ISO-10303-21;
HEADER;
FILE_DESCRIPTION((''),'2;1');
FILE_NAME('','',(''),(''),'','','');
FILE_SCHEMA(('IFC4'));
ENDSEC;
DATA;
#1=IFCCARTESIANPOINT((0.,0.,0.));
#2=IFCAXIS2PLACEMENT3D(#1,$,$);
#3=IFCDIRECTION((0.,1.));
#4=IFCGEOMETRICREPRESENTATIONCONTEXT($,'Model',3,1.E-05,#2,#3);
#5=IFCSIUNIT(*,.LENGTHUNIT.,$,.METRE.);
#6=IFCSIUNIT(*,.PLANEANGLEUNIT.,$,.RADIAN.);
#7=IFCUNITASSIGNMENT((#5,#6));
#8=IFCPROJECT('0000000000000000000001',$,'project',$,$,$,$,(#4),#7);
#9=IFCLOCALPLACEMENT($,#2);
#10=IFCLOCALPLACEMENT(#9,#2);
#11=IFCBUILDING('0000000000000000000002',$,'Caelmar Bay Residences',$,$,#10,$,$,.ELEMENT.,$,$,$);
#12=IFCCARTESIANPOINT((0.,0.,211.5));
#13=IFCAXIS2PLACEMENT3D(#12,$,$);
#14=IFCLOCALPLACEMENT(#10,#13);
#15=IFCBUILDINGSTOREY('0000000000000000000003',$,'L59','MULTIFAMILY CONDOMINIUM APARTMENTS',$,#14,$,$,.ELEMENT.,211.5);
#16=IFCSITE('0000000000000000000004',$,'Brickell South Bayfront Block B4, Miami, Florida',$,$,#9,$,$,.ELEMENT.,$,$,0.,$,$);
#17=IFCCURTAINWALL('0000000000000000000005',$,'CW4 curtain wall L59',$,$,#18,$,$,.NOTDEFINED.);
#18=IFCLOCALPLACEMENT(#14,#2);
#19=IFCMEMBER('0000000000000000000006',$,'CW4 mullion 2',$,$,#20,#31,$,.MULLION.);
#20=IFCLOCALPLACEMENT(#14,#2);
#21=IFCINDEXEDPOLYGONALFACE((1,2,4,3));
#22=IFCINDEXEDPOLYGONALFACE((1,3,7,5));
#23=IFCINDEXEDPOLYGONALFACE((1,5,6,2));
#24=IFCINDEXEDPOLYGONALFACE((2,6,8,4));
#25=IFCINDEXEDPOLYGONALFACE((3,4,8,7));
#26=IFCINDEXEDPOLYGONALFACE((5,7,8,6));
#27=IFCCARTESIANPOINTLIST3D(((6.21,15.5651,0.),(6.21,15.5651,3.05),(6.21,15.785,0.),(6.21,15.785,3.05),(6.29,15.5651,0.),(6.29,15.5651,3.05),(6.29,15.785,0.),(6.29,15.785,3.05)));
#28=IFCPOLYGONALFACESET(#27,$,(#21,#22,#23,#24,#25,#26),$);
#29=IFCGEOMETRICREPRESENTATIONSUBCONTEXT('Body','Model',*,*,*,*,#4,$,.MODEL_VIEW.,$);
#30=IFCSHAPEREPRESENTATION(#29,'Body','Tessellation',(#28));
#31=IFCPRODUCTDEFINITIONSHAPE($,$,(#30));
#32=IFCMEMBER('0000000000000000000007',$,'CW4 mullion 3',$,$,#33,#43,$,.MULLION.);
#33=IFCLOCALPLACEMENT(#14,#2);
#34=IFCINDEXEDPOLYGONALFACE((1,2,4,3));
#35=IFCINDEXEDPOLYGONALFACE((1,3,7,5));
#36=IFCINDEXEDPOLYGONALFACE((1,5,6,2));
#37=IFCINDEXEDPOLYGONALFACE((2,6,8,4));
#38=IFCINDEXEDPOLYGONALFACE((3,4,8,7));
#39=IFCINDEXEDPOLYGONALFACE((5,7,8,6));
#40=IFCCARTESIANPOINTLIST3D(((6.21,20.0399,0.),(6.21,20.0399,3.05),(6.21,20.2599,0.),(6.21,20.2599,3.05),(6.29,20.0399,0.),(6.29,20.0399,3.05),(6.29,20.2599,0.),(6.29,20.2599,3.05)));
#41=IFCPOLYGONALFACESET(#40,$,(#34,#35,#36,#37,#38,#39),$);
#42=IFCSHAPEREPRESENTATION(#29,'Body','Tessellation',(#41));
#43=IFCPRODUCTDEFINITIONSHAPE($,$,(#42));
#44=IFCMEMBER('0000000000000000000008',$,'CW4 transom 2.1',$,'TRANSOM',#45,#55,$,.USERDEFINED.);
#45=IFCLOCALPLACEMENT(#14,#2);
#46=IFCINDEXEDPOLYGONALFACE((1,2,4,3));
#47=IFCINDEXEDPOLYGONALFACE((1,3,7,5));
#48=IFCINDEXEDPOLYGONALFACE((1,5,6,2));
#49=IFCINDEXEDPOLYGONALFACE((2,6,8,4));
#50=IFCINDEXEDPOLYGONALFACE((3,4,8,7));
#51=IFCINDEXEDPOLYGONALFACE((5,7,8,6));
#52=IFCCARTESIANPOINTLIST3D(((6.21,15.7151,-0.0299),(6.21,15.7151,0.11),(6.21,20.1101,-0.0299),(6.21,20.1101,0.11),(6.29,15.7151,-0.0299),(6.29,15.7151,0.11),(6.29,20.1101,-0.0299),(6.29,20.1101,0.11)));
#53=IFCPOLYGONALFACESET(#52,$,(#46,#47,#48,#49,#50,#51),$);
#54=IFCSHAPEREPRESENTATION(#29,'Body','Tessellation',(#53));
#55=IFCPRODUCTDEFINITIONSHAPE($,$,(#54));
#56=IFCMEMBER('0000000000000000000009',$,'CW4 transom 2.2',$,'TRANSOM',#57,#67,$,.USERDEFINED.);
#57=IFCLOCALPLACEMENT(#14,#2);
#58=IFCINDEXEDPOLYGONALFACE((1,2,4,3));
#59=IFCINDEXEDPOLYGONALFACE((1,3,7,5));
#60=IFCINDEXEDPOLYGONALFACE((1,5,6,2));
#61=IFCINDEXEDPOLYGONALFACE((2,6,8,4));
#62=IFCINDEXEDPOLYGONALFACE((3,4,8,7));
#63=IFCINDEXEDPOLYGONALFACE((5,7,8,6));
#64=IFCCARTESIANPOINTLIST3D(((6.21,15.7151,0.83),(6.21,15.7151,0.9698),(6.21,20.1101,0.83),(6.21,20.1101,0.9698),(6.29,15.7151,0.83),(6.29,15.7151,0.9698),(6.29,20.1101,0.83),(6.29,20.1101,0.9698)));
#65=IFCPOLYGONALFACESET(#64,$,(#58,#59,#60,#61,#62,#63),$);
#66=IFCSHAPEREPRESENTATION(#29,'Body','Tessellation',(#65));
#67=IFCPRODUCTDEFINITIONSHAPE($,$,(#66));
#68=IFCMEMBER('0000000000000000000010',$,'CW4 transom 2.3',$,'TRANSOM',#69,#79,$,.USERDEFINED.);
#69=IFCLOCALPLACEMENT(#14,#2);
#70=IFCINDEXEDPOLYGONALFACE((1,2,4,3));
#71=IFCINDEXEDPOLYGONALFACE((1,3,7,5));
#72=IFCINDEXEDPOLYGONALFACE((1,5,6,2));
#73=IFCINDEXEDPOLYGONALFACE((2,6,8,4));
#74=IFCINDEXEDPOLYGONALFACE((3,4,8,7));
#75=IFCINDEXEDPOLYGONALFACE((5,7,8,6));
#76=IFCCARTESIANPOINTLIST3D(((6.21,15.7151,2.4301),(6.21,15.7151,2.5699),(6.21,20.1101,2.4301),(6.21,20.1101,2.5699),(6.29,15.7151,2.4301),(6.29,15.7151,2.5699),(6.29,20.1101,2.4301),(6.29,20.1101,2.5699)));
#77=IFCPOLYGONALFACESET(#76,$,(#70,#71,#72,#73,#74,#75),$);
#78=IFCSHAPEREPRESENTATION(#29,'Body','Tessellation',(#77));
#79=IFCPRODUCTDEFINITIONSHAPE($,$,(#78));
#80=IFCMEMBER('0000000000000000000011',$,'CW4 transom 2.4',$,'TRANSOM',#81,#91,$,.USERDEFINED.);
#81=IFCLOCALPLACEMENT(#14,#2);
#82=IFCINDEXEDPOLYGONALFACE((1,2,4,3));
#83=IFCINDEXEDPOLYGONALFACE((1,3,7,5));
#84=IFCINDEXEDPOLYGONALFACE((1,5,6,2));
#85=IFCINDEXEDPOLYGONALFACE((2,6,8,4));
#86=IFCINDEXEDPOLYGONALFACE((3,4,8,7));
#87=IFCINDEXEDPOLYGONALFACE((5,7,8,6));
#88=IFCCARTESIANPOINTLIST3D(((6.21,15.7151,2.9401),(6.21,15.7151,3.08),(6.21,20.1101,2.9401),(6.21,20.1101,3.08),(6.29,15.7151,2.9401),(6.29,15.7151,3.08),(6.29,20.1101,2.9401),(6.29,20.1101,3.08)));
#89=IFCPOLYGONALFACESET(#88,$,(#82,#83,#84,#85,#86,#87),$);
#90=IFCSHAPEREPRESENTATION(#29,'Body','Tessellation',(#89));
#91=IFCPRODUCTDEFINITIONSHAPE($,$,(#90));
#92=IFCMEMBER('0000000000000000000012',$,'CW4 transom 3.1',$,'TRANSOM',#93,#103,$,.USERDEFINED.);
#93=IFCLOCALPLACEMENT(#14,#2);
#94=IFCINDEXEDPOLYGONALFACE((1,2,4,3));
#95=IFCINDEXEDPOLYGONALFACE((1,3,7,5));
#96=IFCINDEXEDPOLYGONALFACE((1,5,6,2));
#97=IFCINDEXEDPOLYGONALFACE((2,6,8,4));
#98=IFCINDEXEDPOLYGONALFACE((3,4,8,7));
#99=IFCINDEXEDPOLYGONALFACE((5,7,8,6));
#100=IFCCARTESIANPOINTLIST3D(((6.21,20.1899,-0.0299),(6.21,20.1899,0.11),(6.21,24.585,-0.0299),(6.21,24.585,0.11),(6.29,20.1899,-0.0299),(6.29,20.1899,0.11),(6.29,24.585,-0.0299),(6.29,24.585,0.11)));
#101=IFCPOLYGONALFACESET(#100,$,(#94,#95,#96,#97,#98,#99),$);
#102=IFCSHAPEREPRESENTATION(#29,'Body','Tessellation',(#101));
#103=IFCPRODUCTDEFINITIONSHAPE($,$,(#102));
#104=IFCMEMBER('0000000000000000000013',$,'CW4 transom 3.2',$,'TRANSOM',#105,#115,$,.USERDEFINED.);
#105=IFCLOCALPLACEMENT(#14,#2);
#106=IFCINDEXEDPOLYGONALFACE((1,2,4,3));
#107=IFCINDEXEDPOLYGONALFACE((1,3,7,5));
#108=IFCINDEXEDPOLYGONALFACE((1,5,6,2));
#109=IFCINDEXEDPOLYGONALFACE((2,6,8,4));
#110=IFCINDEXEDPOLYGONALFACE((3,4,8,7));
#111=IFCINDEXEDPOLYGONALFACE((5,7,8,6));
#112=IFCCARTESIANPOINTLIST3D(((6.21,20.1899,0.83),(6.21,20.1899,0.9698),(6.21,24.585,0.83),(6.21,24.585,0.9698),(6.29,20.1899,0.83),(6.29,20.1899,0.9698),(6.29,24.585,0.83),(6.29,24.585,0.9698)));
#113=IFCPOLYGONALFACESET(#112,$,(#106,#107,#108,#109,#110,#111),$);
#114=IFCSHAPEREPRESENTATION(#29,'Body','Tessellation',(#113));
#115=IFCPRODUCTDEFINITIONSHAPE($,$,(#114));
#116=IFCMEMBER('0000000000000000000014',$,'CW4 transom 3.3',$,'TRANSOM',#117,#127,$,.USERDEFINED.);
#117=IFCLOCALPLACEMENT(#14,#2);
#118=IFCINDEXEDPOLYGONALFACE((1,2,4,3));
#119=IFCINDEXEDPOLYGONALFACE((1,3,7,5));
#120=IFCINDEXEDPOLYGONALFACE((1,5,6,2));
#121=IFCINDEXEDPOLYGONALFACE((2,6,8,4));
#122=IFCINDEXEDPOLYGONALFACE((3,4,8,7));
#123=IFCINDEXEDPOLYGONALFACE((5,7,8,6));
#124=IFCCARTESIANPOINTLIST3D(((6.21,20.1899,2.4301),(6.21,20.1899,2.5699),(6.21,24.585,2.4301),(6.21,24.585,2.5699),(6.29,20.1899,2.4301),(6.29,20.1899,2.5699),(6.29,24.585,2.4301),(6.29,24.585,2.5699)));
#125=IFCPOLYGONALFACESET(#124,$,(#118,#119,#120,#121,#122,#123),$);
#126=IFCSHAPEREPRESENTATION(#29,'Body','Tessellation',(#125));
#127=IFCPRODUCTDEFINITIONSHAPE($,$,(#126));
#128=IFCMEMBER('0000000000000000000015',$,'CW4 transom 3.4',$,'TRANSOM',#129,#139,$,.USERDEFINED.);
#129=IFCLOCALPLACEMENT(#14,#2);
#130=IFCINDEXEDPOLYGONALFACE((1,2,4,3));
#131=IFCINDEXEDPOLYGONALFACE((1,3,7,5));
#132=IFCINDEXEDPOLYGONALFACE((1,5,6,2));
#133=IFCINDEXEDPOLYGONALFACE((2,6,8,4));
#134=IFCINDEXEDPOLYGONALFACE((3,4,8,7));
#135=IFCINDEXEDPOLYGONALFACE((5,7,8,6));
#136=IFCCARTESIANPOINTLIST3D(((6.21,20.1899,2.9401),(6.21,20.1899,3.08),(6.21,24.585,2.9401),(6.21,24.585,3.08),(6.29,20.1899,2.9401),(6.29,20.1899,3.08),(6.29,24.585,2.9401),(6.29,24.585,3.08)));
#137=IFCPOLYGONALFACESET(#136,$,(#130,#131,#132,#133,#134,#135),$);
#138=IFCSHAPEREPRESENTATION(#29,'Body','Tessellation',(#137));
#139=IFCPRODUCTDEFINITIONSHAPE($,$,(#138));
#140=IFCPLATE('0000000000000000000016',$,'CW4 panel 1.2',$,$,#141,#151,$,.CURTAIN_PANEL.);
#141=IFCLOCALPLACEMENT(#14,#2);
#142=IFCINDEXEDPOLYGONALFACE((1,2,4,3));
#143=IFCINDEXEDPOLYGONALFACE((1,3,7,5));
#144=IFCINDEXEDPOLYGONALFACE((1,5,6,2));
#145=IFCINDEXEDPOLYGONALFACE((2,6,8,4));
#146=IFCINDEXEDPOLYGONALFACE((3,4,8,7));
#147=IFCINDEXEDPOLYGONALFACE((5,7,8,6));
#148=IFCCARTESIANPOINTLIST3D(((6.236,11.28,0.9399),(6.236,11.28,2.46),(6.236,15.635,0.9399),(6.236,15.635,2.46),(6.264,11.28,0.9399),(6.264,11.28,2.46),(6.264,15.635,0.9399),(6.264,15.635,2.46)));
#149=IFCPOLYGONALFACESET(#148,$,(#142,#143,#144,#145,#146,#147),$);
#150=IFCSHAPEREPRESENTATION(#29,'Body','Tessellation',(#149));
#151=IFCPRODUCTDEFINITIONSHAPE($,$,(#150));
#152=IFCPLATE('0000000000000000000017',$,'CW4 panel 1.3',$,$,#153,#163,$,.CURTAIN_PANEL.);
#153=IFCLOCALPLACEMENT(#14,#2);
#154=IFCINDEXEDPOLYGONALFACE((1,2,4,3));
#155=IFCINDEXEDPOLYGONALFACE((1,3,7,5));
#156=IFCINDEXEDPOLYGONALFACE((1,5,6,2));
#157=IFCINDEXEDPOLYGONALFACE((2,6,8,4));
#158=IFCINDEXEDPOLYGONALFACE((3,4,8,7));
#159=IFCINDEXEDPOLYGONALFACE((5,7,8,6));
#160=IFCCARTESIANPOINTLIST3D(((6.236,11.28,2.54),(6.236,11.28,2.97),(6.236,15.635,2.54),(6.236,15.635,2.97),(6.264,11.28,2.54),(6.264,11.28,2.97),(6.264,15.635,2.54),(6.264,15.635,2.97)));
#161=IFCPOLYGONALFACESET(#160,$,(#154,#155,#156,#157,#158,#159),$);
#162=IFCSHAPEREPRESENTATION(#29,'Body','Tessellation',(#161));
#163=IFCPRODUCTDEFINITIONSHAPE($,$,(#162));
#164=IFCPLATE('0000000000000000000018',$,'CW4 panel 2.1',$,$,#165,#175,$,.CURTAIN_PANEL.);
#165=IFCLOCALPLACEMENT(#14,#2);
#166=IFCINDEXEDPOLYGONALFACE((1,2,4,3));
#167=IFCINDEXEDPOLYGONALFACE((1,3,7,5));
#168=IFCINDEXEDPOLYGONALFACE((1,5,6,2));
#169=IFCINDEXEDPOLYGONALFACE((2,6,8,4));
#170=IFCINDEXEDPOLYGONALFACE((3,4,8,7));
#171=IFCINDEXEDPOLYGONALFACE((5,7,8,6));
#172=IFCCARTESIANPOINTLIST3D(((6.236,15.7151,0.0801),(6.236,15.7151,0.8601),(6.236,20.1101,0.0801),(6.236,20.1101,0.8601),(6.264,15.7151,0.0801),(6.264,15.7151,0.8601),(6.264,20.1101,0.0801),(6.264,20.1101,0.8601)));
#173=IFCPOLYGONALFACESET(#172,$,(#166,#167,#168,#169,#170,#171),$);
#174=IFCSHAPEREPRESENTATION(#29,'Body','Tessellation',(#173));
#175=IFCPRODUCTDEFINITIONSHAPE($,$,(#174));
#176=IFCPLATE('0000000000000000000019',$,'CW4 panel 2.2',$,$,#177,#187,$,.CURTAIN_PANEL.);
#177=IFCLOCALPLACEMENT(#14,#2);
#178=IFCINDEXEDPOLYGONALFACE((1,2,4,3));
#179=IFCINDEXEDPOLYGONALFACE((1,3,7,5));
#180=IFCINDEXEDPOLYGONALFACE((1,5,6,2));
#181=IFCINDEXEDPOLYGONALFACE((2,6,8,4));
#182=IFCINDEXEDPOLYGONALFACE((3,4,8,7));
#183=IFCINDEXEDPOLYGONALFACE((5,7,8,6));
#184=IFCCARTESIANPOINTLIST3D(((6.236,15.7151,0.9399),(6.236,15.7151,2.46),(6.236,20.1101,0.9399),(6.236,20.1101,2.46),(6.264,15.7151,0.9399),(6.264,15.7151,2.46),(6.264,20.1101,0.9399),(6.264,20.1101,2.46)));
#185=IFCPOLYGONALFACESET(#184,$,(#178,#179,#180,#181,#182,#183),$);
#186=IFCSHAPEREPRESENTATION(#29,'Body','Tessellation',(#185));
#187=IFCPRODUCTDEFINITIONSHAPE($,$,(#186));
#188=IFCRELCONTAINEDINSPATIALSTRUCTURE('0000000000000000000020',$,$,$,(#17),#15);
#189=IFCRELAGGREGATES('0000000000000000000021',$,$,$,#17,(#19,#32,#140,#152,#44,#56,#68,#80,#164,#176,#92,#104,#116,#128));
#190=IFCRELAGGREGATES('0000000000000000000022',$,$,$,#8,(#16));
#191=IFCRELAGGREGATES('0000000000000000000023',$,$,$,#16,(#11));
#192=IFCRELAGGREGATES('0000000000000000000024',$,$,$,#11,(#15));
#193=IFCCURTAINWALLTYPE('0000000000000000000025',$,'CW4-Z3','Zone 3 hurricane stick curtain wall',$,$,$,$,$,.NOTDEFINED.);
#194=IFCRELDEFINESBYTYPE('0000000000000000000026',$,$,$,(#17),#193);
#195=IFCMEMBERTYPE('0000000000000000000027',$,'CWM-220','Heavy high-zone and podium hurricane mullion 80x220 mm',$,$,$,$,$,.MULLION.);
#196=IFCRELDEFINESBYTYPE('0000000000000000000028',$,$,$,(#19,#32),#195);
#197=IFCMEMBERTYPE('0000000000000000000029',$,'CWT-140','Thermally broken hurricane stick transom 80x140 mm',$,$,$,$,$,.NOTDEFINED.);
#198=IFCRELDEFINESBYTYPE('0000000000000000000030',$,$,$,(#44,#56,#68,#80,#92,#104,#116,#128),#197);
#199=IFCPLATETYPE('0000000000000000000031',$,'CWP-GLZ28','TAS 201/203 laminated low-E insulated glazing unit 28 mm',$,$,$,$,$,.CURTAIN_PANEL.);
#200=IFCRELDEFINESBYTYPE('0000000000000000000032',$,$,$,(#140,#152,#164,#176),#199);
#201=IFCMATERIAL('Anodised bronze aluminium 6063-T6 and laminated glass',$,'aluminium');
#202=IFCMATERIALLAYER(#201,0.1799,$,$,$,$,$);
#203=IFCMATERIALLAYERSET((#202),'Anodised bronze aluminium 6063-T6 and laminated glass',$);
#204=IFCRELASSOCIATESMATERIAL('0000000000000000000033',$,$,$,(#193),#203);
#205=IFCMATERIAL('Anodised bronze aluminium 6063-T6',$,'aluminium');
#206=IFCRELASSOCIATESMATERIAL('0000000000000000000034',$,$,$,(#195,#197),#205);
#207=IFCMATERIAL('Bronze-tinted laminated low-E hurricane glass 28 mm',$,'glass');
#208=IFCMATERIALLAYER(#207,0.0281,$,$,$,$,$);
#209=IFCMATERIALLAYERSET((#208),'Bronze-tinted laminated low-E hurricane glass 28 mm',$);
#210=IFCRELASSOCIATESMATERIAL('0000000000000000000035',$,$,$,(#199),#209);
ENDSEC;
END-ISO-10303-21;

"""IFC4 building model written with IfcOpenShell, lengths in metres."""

from ifc_helpers import new_model, si_unit, direction, frame, origin, origin_2d, place, context, subcontext, project, spatial, rectangle, extrude, material, layer, layer_set, material_profile, profile_set, type_object, element, aggregate, save


model = new_model("IFC4")

# Units and contexts
model_context = context("Model", 3, precision=1e-05, world=origin(), true_north=direction((0.0, 1.0)))
body_context = subcontext(model_context, "Body", "Model", "MODEL_VIEW")
ifc_project = project(units=[si_unit("LENGTHUNIT", "METRE"), si_unit("PLANEANGLEUNIT", "RADIAN")], contexts=[model_context])

# Site, building, storey
site_placement = place(None, origin())
site = spatial("IfcSite", under=ifc_project, at=site_placement, Name="Brickell South Bayfront Block B4, Miami, Florida", CompositionType="ELEMENT", RefElevation=0.0)
building_placement = place(site_placement, origin())
building = spatial("IfcBuilding", under=site, at=building_placement, Name="Caelmar Bay Residences", CompositionType="ELEMENT")
storey_placement = place(building_placement, frame((0.0, 0.0, 211.5)))
storey = spatial("IfcBuildingStorey", under=building, at=storey_placement, Name="L59", Description="MULTIFAMILY CONDOMINIUM APARTMENTS", CompositionType="ELEMENT", Elevation=211.5)

# Curtain wall, members, plates
ifc_material_1 = material(Name="Anodised bronze aluminium 6063-T6 and laminated glass", Category="aluminium")
ifc_layer_1 = layer(ifc_material_1, 0.1799)
ifc_layer_set_1 = layer_set([ifc_layer_1], Name="Anodised bronze aluminium 6063-T6 and laminated glass")
curtain_wall_type = type_object("IfcCurtainWallType", Name="CW4-Z3", Description="Zone 3 hurricane stick curtain wall", PredefinedType="NOTDEFINED", material=ifc_layer_set_1)
curtain_wall_placement = place(storey_placement, origin())
curtain_wall = element("IfcCurtainWall", 1, at=curtain_wall_placement, inside=storey, type_object=curtain_wall_type, Name="CW4 curtain wall L59", PredefinedType="NOTDEFINED")
ifc_material_2 = material(Name="Anodised bronze aluminium 6063-T6", Category="aluminium")
ifc_material_profile_1 = material_profile(ifc_material_2, rectangle(XDim=0.0801, YDim=0.22, at=origin_2d()), Name="CWM-80X220")
ifc_profile_set_1 = profile_set([ifc_material_profile_1], Name="Anodised bronze aluminium 6063-T6")
member_type_1 = type_object("IfcMemberType", Name="CWM-220", Description="Heavy high-zone and podium hurricane mullion 80x220 mm", PredefinedType="MULLION", material=ifc_profile_set_1)
member_1_placement = place(storey_placement, frame((6.25, 15.675, 0.0), z_axis=(0.0, 0.0, 1.0), x_axis=(-1.0, 0.0, 0.0)))
member_1 = element("IfcMember", 2, at=member_1_placement, type_object=member_type_1, Name="CW4 mullion 2", PredefinedType="MULLION", context=body_context, shape_type="SweptSolid", body=[
    extrude(rectangle(XDim=0.0801, YDim=0.22, at=origin_2d()), origin(), (0.0, 0.0, 1.0), 3.05),
])
member_2_placement = place(storey_placement, frame((6.25, 20.1499, 0.0), z_axis=(0.0, 0.0, 1.0), x_axis=(-1.0, 0.0, 0.0)))
member_2 = element("IfcMember", 3, at=member_2_placement, type_object=member_type_1, Name="CW4 mullion 3", PredefinedType="MULLION", context=body_context, shape_type="SweptSolid", body=[
    extrude(rectangle(XDim=0.0801, YDim=0.22, at=origin_2d()), origin(), (0.0, 0.0, 1.0), 3.05),
])
ifc_material_profile_2 = material_profile(ifc_material_2, rectangle(XDim=0.0801, YDim=0.1399, at=origin_2d()), Name="CWT-80X140")
ifc_profile_set_2 = profile_set([ifc_material_profile_2], Name="Anodised bronze aluminium 6063-T6")
member_type_2 = type_object("IfcMemberType", Name="CWT-140", Description="Thermally broken hurricane stick transom 80x140 mm", PredefinedType="NOTDEFINED", material=ifc_profile_set_2)
member_3_placement = place(storey_placement, frame((6.25, 15.7151, 0.04), z_axis=(0.0, 1.0, 0.0), x_axis=(-1.0, 0.0, 0.0)))
member_3 = element("IfcMember", 4, at=member_3_placement, type_object=member_type_2, Name="CW4 transom 2.1", ObjectType="TRANSOM", PredefinedType="USERDEFINED", context=body_context, shape_type="SweptSolid", body=[
    extrude(rectangle(XDim=0.0801, YDim=0.1399, at=origin_2d()), origin(), (0.0, 0.0, 1.0), 4.395),
])
member_4_placement = place(storey_placement, frame((6.25, 15.7151, 0.8999), z_axis=(0.0, 1.0, 0.0), x_axis=(-1.0, 0.0, 0.0)))
member_4 = element("IfcMember", 5, at=member_4_placement, type_object=member_type_2, Name="CW4 transom 2.2", ObjectType="TRANSOM", PredefinedType="USERDEFINED", context=body_context, shape_type="SweptSolid", body=[
    extrude(rectangle(XDim=0.0801, YDim=0.1399, at=origin_2d()), origin(), (0.0, 0.0, 1.0), 4.395),
])
member_5_placement = place(storey_placement, frame((6.25, 15.7151, 2.5), z_axis=(0.0, 1.0, 0.0), x_axis=(-1.0, 0.0, 0.0)))
member_5 = element("IfcMember", 6, at=member_5_placement, type_object=member_type_2, Name="CW4 transom 2.3", ObjectType="TRANSOM", PredefinedType="USERDEFINED", context=body_context, shape_type="SweptSolid", body=[
    extrude(rectangle(XDim=0.0801, YDim=0.1399, at=origin_2d()), origin(), (0.0, 0.0, 1.0), 4.395),
])
member_6_placement = place(storey_placement, frame((6.25, 15.7151, 3.01), z_axis=(0.0, 1.0, 0.0), x_axis=(-1.0, 0.0, 0.0)))
member_6 = element("IfcMember", 7, at=member_6_placement, type_object=member_type_2, Name="CW4 transom 2.4", ObjectType="TRANSOM", PredefinedType="USERDEFINED", context=body_context, shape_type="SweptSolid", body=[
    extrude(rectangle(XDim=0.0801, YDim=0.1399, at=origin_2d()), origin(), (0.0, 0.0, 1.0), 4.395),
])
member_7_placement = place(storey_placement, frame((6.25, 20.1899, 0.04), z_axis=(0.0, 1.0, 0.0), x_axis=(-1.0, 0.0, 0.0)))
member_7 = element("IfcMember", 8, at=member_7_placement, type_object=member_type_2, Name="CW4 transom 3.1", ObjectType="TRANSOM", PredefinedType="USERDEFINED", context=body_context, shape_type="SweptSolid", body=[
    extrude(rectangle(XDim=0.0801, YDim=0.1399, at=origin_2d()), origin(), (0.0, 0.0, 1.0), 4.395),
])
member_8_placement = place(storey_placement, frame((6.25, 20.1899, 0.8999), z_axis=(0.0, 1.0, 0.0), x_axis=(-1.0, 0.0, 0.0)))
member_8 = element("IfcMember", 9, at=member_8_placement, type_object=member_type_2, Name="CW4 transom 3.2", ObjectType="TRANSOM", PredefinedType="USERDEFINED", context=body_context, shape_type="SweptSolid", body=[
    extrude(rectangle(XDim=0.0801, YDim=0.1399, at=origin_2d()), origin(), (0.0, 0.0, 1.0), 4.395),
])
member_9_placement = place(storey_placement, frame((6.25, 20.1899, 2.5), z_axis=(0.0, 1.0, 0.0), x_axis=(-1.0, 0.0, 0.0)))
member_9 = element("IfcMember", 10, at=member_9_placement, type_object=member_type_2, Name="CW4 transom 3.3", ObjectType="TRANSOM", PredefinedType="USERDEFINED", context=body_context, shape_type="SweptSolid", body=[
    extrude(rectangle(XDim=0.0801, YDim=0.1399, at=origin_2d()), origin(), (0.0, 0.0, 1.0), 4.395),
])
member_10_placement = place(storey_placement, frame((6.25, 20.1899, 3.01), z_axis=(0.0, 1.0, 0.0), x_axis=(-1.0, 0.0, 0.0)))
member_10 = element("IfcMember", 11, at=member_10_placement, type_object=member_type_2, Name="CW4 transom 3.4", ObjectType="TRANSOM", PredefinedType="USERDEFINED", context=body_context, shape_type="SweptSolid", body=[
    extrude(rectangle(XDim=0.0801, YDim=0.1399, at=origin_2d()), origin(), (0.0, 0.0, 1.0), 4.395),
])
ifc_material_3 = material(Name="Bronze-tinted laminated low-E hurricane glass 28 mm", Category="glass")
ifc_layer_2 = layer(ifc_material_3, 0.0281)
ifc_layer_set_2 = layer_set([ifc_layer_2], Name="Bronze-tinted laminated low-E hurricane glass 28 mm")
plate_type = type_object("IfcPlateType", Name="CWP-GLZ28", Description="TAS 201/203 laminated low-E insulated glazing unit 28 mm", PredefinedType="CURTAIN_PANEL", material=ifc_layer_set_2)
plate_1_placement = place(storey_placement, frame((6.25, 13.4575, 0.9399), z_axis=(0.0, 0.0, 1.0), x_axis=(0.0, 1.0, 0.0)))
plate_1 = element("IfcPlate", 12, at=plate_1_placement, type_object=plate_type, Name="CW4 panel 1.2", PredefinedType="CURTAIN_PANEL", context=body_context, shape_type="SweptSolid", body=[
    extrude(rectangle(XDim=4.355, YDim=0.0281, at=origin_2d()), origin(), (0.0, 0.0, 1.0), 1.52),
])
plate_2_placement = place(storey_placement, frame((6.25, 13.4575, 2.54), z_axis=(0.0, 0.0, 1.0), x_axis=(0.0, 1.0, 0.0)))
plate_2 = element("IfcPlate", 13, at=plate_2_placement, type_object=plate_type, Name="CW4 panel 1.3", PredefinedType="CURTAIN_PANEL", context=body_context, shape_type="SweptSolid", body=[
    extrude(rectangle(XDim=4.355, YDim=0.0281, at=origin_2d()), origin(), (0.0, 0.0, 1.0), 0.4299),
])
plate_3_placement = place(storey_placement, frame((6.25, 17.9126, 0.0801), z_axis=(0.0, 0.0, 1.0), x_axis=(0.0, 1.0, 0.0)))
plate_3 = element("IfcPlate", 14, at=plate_3_placement, type_object=plate_type, Name="CW4 panel 2.1", PredefinedType="CURTAIN_PANEL", context=body_context, shape_type="SweptSolid", body=[
    extrude(rectangle(XDim=4.395, YDim=0.0281, at=origin_2d()), origin(), (0.0, 0.0, 1.0), 0.78),
])
plate_4_placement = place(storey_placement, frame((6.25, 17.9126, 0.9399), z_axis=(0.0, 0.0, 1.0), x_axis=(0.0, 1.0, 0.0)))
plate_4 = element("IfcPlate", 15, at=plate_4_placement, type_object=plate_type, Name="CW4 panel 2.2", PredefinedType="CURTAIN_PANEL", context=body_context, shape_type="SweptSolid", body=[
    extrude(rectangle(XDim=4.395, YDim=0.0281, at=origin_2d()), origin(), (0.0, 0.0, 1.0), 1.52),
])
aggregate(curtain_wall, [member_1, member_2, plate_1, plate_2, member_3, member_4, member_5, member_6, plate_3, plate_4, member_7, member_8, member_9, member_10])

save(model, "model.ifc")
